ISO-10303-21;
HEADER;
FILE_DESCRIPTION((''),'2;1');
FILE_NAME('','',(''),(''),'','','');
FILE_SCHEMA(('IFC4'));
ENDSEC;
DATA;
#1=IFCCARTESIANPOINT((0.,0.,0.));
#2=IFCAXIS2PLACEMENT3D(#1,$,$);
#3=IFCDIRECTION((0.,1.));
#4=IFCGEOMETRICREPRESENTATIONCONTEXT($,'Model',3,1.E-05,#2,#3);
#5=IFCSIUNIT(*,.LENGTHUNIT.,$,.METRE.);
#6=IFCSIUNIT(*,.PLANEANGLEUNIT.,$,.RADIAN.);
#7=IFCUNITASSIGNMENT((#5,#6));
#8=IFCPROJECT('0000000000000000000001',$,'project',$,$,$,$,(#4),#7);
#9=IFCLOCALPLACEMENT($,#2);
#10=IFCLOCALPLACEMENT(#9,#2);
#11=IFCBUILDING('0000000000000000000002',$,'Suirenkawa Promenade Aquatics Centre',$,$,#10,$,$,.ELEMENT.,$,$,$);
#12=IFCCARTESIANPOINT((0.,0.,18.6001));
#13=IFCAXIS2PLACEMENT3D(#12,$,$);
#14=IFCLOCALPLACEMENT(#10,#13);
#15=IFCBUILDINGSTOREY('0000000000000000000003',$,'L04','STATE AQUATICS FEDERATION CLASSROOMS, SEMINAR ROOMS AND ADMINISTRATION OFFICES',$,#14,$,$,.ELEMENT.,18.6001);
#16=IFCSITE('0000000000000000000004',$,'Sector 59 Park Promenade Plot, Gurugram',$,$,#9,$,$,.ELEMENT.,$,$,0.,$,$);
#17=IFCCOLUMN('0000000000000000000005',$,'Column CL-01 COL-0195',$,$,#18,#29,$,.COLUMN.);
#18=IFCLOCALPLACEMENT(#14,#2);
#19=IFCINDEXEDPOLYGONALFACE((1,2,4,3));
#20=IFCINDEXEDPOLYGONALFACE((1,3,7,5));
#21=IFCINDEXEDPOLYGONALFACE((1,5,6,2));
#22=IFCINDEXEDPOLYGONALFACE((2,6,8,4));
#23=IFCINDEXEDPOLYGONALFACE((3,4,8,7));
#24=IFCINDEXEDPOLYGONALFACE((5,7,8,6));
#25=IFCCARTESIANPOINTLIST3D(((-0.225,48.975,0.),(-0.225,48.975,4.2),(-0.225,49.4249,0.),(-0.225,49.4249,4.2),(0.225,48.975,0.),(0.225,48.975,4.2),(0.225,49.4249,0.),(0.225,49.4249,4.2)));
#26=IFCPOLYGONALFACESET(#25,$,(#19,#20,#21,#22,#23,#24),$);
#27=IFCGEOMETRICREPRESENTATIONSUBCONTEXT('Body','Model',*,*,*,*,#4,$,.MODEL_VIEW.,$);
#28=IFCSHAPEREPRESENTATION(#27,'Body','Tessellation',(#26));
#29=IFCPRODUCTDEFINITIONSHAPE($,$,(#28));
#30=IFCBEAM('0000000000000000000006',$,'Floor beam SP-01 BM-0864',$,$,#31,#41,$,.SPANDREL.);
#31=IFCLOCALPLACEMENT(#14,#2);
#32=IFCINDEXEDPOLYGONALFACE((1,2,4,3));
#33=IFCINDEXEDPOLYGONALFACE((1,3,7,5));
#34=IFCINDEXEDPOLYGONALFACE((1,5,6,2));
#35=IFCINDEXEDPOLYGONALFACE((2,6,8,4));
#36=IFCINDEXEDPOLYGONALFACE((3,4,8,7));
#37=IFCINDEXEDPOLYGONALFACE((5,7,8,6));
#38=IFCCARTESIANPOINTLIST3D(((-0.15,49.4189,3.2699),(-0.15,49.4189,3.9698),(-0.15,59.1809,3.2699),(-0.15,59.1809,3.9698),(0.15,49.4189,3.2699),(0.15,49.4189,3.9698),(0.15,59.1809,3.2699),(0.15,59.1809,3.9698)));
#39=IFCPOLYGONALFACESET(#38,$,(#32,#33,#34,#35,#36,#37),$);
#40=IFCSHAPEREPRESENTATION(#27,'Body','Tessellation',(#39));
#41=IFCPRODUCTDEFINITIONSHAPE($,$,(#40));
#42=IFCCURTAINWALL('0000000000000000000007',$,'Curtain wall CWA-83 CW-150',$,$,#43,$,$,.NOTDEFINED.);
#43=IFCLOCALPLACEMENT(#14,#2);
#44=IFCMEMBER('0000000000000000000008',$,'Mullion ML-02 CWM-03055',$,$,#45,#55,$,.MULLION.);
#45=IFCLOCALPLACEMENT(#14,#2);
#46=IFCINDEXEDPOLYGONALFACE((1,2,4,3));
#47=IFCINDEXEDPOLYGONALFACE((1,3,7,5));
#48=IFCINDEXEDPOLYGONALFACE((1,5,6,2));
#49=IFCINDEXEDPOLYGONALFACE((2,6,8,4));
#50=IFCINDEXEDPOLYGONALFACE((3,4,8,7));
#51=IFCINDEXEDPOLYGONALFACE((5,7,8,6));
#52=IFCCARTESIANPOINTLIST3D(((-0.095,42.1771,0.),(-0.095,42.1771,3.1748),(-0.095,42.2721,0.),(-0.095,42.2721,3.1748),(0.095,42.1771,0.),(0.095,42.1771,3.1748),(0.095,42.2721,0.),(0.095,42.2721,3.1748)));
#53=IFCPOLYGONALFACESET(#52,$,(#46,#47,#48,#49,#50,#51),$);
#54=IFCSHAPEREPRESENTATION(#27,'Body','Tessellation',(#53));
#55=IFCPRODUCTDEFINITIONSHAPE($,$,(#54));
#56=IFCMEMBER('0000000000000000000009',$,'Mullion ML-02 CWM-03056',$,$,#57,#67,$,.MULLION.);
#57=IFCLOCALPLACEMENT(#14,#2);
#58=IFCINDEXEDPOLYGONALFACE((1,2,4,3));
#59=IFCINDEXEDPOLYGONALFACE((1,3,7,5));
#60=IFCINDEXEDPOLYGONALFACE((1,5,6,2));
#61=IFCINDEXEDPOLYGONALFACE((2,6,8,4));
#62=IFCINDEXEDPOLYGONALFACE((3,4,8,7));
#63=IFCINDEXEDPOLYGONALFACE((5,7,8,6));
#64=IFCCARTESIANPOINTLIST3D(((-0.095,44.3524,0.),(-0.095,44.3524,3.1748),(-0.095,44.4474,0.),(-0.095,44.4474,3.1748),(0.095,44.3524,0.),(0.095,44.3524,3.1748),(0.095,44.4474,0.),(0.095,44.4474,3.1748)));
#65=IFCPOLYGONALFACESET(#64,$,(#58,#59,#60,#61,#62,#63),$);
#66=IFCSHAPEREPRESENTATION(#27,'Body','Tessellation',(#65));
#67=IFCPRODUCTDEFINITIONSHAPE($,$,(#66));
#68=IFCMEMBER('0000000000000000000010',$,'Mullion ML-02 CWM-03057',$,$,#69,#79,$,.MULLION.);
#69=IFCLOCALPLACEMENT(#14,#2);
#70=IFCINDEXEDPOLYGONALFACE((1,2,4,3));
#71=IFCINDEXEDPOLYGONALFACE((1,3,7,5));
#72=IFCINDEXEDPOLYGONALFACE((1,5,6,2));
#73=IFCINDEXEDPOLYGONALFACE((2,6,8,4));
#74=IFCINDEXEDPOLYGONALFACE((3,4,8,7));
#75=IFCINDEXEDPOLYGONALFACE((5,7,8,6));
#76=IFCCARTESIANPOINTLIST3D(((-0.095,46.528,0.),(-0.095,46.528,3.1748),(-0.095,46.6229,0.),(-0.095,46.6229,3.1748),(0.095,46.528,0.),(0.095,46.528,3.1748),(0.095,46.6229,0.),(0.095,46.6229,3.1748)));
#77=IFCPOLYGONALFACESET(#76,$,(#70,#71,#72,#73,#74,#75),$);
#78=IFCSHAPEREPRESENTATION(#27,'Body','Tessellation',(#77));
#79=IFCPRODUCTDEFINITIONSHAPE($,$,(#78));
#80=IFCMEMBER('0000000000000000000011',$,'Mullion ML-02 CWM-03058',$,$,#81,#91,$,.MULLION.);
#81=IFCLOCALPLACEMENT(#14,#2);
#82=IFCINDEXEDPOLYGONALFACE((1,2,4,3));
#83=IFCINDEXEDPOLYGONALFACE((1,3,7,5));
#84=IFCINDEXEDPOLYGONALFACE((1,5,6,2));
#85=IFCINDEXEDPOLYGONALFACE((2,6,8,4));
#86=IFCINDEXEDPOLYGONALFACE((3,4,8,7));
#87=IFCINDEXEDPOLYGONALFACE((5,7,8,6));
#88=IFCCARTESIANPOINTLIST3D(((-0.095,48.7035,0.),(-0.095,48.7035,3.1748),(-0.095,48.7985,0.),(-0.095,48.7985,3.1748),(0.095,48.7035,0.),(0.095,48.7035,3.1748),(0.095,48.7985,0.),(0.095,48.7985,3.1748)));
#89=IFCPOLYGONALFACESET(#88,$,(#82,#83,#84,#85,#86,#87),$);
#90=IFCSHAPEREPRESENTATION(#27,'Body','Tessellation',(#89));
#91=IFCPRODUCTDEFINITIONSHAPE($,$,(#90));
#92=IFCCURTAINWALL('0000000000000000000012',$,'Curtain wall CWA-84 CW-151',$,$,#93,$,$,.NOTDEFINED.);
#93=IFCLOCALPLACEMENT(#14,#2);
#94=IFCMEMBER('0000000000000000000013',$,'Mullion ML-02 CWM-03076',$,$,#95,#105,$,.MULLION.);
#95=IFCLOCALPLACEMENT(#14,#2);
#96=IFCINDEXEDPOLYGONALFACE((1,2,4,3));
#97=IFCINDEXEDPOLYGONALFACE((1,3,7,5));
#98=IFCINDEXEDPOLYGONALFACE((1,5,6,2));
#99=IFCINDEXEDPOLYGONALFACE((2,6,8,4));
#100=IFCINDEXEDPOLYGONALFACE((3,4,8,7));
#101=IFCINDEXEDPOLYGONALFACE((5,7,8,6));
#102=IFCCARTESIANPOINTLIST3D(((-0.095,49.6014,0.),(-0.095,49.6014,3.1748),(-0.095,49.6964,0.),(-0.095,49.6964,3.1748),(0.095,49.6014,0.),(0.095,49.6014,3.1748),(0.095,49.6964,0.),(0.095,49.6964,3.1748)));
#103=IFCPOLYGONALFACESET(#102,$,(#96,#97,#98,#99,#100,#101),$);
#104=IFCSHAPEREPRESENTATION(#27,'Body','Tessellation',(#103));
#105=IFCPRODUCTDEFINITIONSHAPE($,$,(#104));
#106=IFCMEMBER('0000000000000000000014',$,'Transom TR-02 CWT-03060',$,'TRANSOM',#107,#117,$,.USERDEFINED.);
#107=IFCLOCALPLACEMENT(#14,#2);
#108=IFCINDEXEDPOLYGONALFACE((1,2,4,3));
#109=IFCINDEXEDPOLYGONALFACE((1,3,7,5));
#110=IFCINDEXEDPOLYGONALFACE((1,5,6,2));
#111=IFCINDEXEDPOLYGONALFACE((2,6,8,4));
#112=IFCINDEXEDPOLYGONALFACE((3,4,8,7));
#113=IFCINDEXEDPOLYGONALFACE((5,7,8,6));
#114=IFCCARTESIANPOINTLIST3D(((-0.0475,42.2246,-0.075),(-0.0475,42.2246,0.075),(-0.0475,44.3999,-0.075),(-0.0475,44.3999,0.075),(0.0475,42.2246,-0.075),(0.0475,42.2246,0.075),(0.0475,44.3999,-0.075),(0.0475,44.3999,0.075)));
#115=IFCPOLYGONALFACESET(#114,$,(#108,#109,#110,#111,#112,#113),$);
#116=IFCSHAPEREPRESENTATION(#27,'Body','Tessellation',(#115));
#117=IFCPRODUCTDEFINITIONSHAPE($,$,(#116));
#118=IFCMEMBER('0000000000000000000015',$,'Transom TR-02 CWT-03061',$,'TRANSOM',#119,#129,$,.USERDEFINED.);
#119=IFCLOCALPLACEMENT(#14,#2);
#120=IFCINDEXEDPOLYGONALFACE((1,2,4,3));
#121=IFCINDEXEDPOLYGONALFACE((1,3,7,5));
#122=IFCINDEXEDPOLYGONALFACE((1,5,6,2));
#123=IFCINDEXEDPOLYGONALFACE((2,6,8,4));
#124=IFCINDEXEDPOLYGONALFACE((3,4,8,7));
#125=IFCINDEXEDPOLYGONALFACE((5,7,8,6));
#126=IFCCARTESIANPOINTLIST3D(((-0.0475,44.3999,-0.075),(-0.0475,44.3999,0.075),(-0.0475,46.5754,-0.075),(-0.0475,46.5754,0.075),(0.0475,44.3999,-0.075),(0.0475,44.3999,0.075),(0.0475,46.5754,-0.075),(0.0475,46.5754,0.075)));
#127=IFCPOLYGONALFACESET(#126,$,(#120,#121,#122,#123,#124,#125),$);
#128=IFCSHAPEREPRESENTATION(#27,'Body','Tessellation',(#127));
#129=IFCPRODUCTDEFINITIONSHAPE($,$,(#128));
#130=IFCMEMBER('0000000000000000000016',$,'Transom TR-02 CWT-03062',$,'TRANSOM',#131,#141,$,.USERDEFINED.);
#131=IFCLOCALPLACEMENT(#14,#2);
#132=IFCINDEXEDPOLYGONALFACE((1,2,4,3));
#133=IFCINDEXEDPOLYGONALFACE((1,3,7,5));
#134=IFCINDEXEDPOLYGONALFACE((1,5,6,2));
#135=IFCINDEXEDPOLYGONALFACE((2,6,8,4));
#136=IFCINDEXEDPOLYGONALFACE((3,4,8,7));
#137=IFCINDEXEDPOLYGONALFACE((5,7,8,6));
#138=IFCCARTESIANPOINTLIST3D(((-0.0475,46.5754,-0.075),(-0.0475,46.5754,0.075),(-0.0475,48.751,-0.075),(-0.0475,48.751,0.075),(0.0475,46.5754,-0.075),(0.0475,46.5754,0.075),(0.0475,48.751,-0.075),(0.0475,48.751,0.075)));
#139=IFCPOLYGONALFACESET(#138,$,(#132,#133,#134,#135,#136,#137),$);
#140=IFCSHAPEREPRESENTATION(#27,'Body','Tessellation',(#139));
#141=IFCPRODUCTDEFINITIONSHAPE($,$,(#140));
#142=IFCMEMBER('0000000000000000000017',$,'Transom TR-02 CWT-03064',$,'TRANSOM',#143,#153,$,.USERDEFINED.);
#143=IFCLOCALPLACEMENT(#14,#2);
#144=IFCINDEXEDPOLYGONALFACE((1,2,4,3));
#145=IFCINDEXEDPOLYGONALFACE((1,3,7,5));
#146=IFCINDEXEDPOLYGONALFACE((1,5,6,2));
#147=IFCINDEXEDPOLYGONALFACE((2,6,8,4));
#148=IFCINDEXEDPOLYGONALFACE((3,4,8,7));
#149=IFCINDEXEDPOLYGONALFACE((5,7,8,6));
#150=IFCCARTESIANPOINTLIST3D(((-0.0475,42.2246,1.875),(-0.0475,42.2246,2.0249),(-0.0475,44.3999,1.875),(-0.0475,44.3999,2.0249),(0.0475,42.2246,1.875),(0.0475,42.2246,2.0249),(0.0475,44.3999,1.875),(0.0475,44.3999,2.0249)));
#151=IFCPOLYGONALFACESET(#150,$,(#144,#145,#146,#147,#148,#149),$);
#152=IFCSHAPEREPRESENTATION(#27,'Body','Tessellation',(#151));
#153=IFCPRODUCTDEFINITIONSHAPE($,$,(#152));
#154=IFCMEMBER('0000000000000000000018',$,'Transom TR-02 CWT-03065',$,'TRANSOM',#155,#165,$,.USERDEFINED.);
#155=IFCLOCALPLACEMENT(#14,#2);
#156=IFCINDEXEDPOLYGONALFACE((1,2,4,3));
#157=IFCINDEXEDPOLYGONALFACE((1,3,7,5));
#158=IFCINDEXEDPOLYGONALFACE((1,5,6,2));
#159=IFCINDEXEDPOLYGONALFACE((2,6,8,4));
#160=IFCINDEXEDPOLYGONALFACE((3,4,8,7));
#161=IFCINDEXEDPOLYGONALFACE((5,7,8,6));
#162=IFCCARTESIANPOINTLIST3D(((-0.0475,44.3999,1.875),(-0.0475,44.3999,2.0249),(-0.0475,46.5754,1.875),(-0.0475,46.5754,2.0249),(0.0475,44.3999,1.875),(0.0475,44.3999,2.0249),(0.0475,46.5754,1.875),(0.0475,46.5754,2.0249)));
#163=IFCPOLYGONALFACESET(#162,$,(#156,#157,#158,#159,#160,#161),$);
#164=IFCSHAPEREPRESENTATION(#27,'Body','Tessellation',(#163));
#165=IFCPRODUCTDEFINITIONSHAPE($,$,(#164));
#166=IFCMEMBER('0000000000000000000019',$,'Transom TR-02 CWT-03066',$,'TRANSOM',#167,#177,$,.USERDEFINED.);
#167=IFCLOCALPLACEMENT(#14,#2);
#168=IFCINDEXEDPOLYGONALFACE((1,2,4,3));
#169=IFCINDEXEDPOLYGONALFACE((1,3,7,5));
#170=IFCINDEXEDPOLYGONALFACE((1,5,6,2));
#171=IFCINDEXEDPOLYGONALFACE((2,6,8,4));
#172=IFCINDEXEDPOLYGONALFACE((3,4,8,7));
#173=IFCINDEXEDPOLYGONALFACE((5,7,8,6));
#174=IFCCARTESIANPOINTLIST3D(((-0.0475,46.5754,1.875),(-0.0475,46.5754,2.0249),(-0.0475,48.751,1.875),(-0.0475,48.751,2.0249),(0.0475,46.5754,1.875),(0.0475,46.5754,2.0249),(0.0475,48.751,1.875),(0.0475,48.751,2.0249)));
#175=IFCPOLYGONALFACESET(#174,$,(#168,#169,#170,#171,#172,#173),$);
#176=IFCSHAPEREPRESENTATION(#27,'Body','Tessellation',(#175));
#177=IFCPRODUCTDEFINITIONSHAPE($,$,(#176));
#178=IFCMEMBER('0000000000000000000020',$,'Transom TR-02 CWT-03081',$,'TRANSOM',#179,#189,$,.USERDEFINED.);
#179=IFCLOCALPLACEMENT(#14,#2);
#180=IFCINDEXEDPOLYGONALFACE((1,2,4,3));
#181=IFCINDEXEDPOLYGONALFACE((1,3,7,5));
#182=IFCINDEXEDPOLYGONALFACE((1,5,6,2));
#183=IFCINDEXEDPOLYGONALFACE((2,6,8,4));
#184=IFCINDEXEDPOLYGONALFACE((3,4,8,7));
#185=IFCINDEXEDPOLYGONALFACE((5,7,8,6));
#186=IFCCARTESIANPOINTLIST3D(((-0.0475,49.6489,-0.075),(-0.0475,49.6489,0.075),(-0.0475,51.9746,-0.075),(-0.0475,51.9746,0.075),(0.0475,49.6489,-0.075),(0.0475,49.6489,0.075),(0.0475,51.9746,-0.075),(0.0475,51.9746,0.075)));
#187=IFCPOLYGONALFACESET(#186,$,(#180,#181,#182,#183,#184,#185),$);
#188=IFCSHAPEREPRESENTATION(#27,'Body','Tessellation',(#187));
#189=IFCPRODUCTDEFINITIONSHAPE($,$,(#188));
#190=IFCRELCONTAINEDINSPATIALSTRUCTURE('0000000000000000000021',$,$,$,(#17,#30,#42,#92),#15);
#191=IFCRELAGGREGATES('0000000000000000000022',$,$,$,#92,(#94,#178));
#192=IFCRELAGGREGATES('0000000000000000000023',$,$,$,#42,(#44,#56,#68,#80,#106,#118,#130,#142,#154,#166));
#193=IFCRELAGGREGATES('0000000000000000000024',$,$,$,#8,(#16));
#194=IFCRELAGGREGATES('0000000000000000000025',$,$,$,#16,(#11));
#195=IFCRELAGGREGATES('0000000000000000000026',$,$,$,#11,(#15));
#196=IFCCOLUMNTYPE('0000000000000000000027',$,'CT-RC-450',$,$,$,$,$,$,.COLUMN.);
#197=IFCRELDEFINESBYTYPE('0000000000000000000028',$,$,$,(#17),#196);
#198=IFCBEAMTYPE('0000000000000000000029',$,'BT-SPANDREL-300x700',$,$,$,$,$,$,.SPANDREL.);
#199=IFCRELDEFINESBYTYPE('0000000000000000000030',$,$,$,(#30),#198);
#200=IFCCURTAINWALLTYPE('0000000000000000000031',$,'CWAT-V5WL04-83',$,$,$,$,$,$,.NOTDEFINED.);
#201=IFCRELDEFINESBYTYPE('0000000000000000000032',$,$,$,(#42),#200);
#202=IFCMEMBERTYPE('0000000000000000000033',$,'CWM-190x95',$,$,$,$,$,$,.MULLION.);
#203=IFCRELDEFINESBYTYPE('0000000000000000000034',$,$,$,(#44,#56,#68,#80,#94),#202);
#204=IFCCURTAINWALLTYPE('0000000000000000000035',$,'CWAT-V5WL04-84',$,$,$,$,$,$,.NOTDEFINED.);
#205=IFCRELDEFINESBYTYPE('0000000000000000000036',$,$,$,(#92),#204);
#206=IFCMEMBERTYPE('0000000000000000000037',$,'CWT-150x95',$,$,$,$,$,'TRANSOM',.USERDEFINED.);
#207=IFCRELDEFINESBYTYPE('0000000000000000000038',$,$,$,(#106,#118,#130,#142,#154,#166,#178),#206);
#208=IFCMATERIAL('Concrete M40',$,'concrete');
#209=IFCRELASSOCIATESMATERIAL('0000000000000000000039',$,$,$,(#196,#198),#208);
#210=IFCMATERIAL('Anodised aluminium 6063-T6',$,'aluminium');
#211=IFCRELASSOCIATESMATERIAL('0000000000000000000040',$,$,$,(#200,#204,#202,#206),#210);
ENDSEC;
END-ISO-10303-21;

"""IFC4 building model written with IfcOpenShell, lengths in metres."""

from ifc_helpers import new_model, si_unit, direction, frame, origin, origin_2d, place, context, subcontext, project, spatial, rectangle, extrude, material, material_profile, profile_set, type_object, element, aggregate, save


model = new_model("IFC4")

# Units and contexts
model_context = context("Model", 3, precision=1e-05, world=origin(), true_north=direction((0.0, 1.0)))
body_context = subcontext(model_context, "Body", "Model", "MODEL_VIEW")
ifc_project = project(units=[si_unit("LENGTHUNIT", "METRE"), si_unit("PLANEANGLEUNIT", "RADIAN")], contexts=[model_context])

# Site, building, storey
site_placement = place(None, origin())
site = spatial("IfcSite", under=ifc_project, at=site_placement, Name="Sector 59 Park Promenade Plot, Gurugram", CompositionType="ELEMENT", RefElevation=0.0)
building_placement = place(site_placement, origin())
building = spatial("IfcBuilding", under=site, at=building_placement, Name="Suirenkawa Promenade Aquatics Centre", CompositionType="ELEMENT")
storey_placement = place(building_placement, frame((0.0, 0.0, 18.6001)))
storey = spatial("IfcBuildingStorey", under=building, at=storey_placement, Name="L04", Description="STATE AQUATICS FEDERATION CLASSROOMS, SEMINAR ROOMS AND ADMINISTRATION OFFICES", CompositionType="ELEMENT", Elevation=18.6001)

# Column
ifc_material_1 = material(Name="Concrete M40", Category="concrete")
ifc_material_profile_1 = material_profile(ifc_material_1, rectangle(XDim=0.45, YDim=0.45, at=origin_2d()), Name="RC COL 450x450", Category="concrete")
ifc_profile_set_1 = profile_set([ifc_material_profile_1], Name="Concrete M40")
column_type = type_object("IfcColumnType", Name="CT-RC-450", PredefinedType="COLUMN", material=ifc_profile_set_1)
column_placement = place(storey_placement, frame((0.0, 49.2, 0.0), z_axis=(0.0, 0.0, 1.0), x_axis=(1.0, 0.0, 0.0)))
element("IfcColumn", 1, at=column_placement, inside=storey, type_object=column_type, Name="Column CL-01 COL-0195", PredefinedType="COLUMN", context=body_context, shape_type="SweptSolid", body=[
    extrude(rectangle(XDim=0.45, YDim=0.45, at=origin_2d()), origin(), (0.0, 0.0, 1.0), 4.2),
])

# Beam
ifc_material_profile_2 = material_profile(ifc_material_1, rectangle(XDim=0.3, YDim=0.7, at=origin_2d()), Name="RC SPANDREL 300x700", Category="concrete")
ifc_profile_set_2 = profile_set([ifc_material_profile_2], Name="Concrete M40")
beam_type = type_object("IfcBeamType", Name="BT-SPANDREL-300x700", PredefinedType="SPANDREL", material=ifc_profile_set_2)
beam_placement = place(storey_placement, frame((0.0, 49.4189, 3.6199), z_axis=(0.0, 1.0, 0.0), x_axis=(-1.0, 0.0, 0.0)))
element("IfcBeam", 2, at=beam_placement, inside=storey, type_object=beam_type, Name="Floor beam SP-01 BM-0864", PredefinedType="SPANDREL", context=body_context, shape_type="SweptSolid", body=[
    extrude(rectangle(XDim=0.3, YDim=0.7, at=origin_2d()), origin(), (0.0, 0.0, 1.0), 9.762),
])

# Curtain wall, members
ifc_material_2 = material(Name="Anodised aluminium 6063-T6", Category="aluminium")
curtain_wall_type_1 = type_object("IfcCurtainWallType", Name="CWAT-V5WL04-83", PredefinedType="NOTDEFINED", material=ifc_material_2)
curtain_wall_1_placement = place(storey_placement, origin())
curtain_wall_1 = element("IfcCurtainWall", 3, at=curtain_wall_1_placement, inside=storey, type_object=curtain_wall_type_1, Name="Curtain wall CWA-83 CW-150", PredefinedType="NOTDEFINED")
ifc_material_profile_3 = material_profile(ifc_material_2, rectangle(XDim=0.095, YDim=0.1899, at=origin_2d()), Name="ALU MULL 95x190", Category="aluminium")
ifc_profile_set_3 = profile_set([ifc_material_profile_3], Name="Anodised aluminium 6063-T6")
member_type_1 = type_object("IfcMemberType", Name="CWM-190x95", PredefinedType="MULLION", material=ifc_profile_set_3)
member_1_placement = place(storey_placement, frame((0.0, 42.2246, 0.0), z_axis=(0.0, 0.0, 1.0), x_axis=(0.0, 1.0, 0.0)))
member_1 = element("IfcMember", 4, at=member_1_placement, type_object=member_type_1, Name="Mullion ML-02 CWM-03055", PredefinedType="MULLION", context=body_context, shape_type="SweptSolid", body=[
    extrude(rectangle(XDim=0.095, YDim=0.1899, at=origin_2d()), origin(), (0.0, 0.0, 1.0), 3.1748),
])
member_2_placement = place(storey_placement, frame((0.0, 44.3999, 0.0), z_axis=(0.0, 0.0, 1.0), x_axis=(0.0, 1.0, 0.0)))
member_2 = element("IfcMember", 5, at=member_2_placement, type_object=member_type_1, Name="Mullion ML-02 CWM-03056", PredefinedType="MULLION", context=body_context, shape_type="SweptSolid", body=[
    extrude(rectangle(XDim=0.095, YDim=0.1899, at=origin_2d()), origin(), (0.0, 0.0, 1.0), 3.1748),
])
member_3_placement = place(storey_placement, frame((0.0, 46.5754, 0.0), z_axis=(0.0, 0.0, 1.0), x_axis=(0.0, 1.0, 0.0)))
member_3 = element("IfcMember", 6, at=member_3_placement, type_object=member_type_1, Name="Mullion ML-02 CWM-03057", PredefinedType="MULLION", context=body_context, shape_type="SweptSolid", body=[
    extrude(rectangle(XDim=0.095, YDim=0.1899, at=origin_2d()), origin(), (0.0, 0.0, 1.0), 3.1748),
])
member_4_placement = place(storey_placement, frame((0.0, 48.751, 0.0), z_axis=(0.0, 0.0, 1.0), x_axis=(0.0, 1.0, 0.0)))
member_4 = element("IfcMember", 7, at=member_4_placement, type_object=member_type_1, Name="Mullion ML-02 CWM-03058", PredefinedType="MULLION", context=body_context, shape_type="SweptSolid", body=[
    extrude(rectangle(XDim=0.095, YDim=0.1899, at=origin_2d()), origin(), (0.0, 0.0, 1.0), 3.1748),
])

# Curtain wall, member
curtain_wall_type_2 = type_object("IfcCurtainWallType", Name="CWAT-V5WL04-84", PredefinedType="NOTDEFINED", material=ifc_material_2)
curtain_wall_2_placement = place(storey_placement, origin())
curtain_wall_2 = element("IfcCurtainWall", 8, at=curtain_wall_2_placement, inside=storey, type_object=curtain_wall_type_2, Name="Curtain wall CWA-84 CW-151", PredefinedType="NOTDEFINED")
member_5_placement = place(storey_placement, frame((0.0, 49.6489, 0.0), z_axis=(0.0, 0.0, 1.0), x_axis=(0.0, 1.0, 0.0)))
member_5 = element("IfcMember", 9, at=member_5_placement, type_object=member_type_1, Name="Mullion ML-02 CWM-03076", PredefinedType="MULLION", context=body_context, shape_type="SweptSolid", body=[
    extrude(rectangle(XDim=0.095, YDim=0.1899, at=origin_2d()), origin(), (0.0, 0.0, 1.0), 3.1748),
])

# Members
ifc_material_profile_4 = material_profile(ifc_material_2, rectangle(XDim=0.095, YDim=0.1499, at=origin_2d()), Name="ALU TRAN 95x150", Category="aluminium")
ifc_profile_set_4 = profile_set([ifc_material_profile_4], Name="Anodised aluminium 6063-T6")
member_type_2 = type_object("IfcMemberType", Name="CWT-150x95", ElementType="TRANSOM", PredefinedType="USERDEFINED", material=ifc_profile_set_4)
member_6_placement = place(storey_placement, frame((0.0, 42.2246, 0.0), z_axis=(0.0, 1.0, 0.0), x_axis=(-1.0, 0.0, 0.0)))
member_6 = element("IfcMember", 10, at=member_6_placement, type_object=member_type_2, Name="Transom TR-02 CWT-03060", ObjectType="TRANSOM", PredefinedType="USERDEFINED", context=body_context, shape_type="SweptSolid", body=[
    extrude(rectangle(XDim=0.095, YDim=0.1499, at=origin_2d()), origin(), (0.0, 0.0, 1.0), 2.1753),
])
member_7_placement = place(storey_placement, frame((0.0, 44.3999, 0.0), z_axis=(0.0, 1.0, 0.0), x_axis=(-1.0, 0.0, 0.0)))
member_7 = element("IfcMember", 11, at=member_7_placement, type_object=member_type_2, Name="Transom TR-02 CWT-03061", ObjectType="TRANSOM", PredefinedType="USERDEFINED", context=body_context, shape_type="SweptSolid", body=[
    extrude(rectangle(XDim=0.095, YDim=0.1499, at=origin_2d()), origin(), (0.0, 0.0, 1.0), 2.1755),
])
member_8_placement = place(storey_placement, frame((0.0, 46.5754, 0.0), z_axis=(0.0, 1.0, 0.0), x_axis=(-1.0, 0.0, 0.0)))
member_8 = element("IfcMember", 12, at=member_8_placement, type_object=member_type_2, Name="Transom TR-02 CWT-03062", ObjectType="TRANSOM", PredefinedType="USERDEFINED", context=body_context, shape_type="SweptSolid", body=[
    extrude(rectangle(XDim=0.095, YDim=0.1499, at=origin_2d()), origin(), (0.0, 0.0, 1.0), 2.1755),
])
member_9_placement = place(storey_placement, frame((0.0, 42.2246, 1.95), z_axis=(0.0, 1.0, 0.0), x_axis=(-1.0, 0.0, 0.0)))
member_9 = element("IfcMember", 13, at=member_9_placement, type_object=member_type_2, Name="Transom TR-02 CWT-03064", ObjectType="TRANSOM", PredefinedType="USERDEFINED", context=body_context, shape_type="SweptSolid", body=[
    extrude(rectangle(XDim=0.095, YDim=0.1499, at=origin_2d()), origin(), (0.0, 0.0, 1.0), 2.1753),
])
member_10_placement = place(storey_placement, frame((0.0, 44.3999, 1.95), z_axis=(0.0, 1.0, 0.0), x_axis=(-1.0, 0.0, 0.0)))
member_10 = element("IfcMember", 14, at=member_10_placement, type_object=member_type_2, Name="Transom TR-02 CWT-03065", ObjectType="TRANSOM", PredefinedType="USERDEFINED", context=body_context, shape_type="SweptSolid", body=[
    extrude(rectangle(XDim=0.095, YDim=0.1499, at=origin_2d()), origin(), (0.0, 0.0, 1.0), 2.1755),
])
member_11_placement = place(storey_placement, frame((0.0, 46.5754, 1.95), z_axis=(0.0, 1.0, 0.0), x_axis=(-1.0, 0.0, 0.0)))
member_11 = element("IfcMember", 15, at=member_11_placement, type_object=member_type_2, Name="Transom TR-02 CWT-03066", ObjectType="TRANSOM", PredefinedType="USERDEFINED", context=body_context, shape_type="SweptSolid", body=[
    extrude(rectangle(XDim=0.095, YDim=0.1499, at=origin_2d()), origin(), (0.0, 0.0, 1.0), 2.1755),
])
member_12_placement = place(storey_placement, frame((0.0, 49.6489, 0.0), z_axis=(0.0, 1.0, 0.0), x_axis=(-1.0, 0.0, 0.0)))
member_12 = element("IfcMember", 16, at=member_12_placement, type_object=member_type_2, Name="Transom TR-02 CWT-03081", ObjectType="TRANSOM", PredefinedType="USERDEFINED", context=body_context, shape_type="SweptSolid", body=[
    extrude(rectangle(XDim=0.095, YDim=0.1499, at=origin_2d()), origin(), (0.0, 0.0, 1.0), 2.3257),
])
aggregate(curtain_wall_2, [member_5, member_12])

aggregate(curtain_wall_1, [member_1, member_2, member_3, member_4, member_6, member_7, member_8, member_9, member_10, member_11])

save(model, "model.ifc")
